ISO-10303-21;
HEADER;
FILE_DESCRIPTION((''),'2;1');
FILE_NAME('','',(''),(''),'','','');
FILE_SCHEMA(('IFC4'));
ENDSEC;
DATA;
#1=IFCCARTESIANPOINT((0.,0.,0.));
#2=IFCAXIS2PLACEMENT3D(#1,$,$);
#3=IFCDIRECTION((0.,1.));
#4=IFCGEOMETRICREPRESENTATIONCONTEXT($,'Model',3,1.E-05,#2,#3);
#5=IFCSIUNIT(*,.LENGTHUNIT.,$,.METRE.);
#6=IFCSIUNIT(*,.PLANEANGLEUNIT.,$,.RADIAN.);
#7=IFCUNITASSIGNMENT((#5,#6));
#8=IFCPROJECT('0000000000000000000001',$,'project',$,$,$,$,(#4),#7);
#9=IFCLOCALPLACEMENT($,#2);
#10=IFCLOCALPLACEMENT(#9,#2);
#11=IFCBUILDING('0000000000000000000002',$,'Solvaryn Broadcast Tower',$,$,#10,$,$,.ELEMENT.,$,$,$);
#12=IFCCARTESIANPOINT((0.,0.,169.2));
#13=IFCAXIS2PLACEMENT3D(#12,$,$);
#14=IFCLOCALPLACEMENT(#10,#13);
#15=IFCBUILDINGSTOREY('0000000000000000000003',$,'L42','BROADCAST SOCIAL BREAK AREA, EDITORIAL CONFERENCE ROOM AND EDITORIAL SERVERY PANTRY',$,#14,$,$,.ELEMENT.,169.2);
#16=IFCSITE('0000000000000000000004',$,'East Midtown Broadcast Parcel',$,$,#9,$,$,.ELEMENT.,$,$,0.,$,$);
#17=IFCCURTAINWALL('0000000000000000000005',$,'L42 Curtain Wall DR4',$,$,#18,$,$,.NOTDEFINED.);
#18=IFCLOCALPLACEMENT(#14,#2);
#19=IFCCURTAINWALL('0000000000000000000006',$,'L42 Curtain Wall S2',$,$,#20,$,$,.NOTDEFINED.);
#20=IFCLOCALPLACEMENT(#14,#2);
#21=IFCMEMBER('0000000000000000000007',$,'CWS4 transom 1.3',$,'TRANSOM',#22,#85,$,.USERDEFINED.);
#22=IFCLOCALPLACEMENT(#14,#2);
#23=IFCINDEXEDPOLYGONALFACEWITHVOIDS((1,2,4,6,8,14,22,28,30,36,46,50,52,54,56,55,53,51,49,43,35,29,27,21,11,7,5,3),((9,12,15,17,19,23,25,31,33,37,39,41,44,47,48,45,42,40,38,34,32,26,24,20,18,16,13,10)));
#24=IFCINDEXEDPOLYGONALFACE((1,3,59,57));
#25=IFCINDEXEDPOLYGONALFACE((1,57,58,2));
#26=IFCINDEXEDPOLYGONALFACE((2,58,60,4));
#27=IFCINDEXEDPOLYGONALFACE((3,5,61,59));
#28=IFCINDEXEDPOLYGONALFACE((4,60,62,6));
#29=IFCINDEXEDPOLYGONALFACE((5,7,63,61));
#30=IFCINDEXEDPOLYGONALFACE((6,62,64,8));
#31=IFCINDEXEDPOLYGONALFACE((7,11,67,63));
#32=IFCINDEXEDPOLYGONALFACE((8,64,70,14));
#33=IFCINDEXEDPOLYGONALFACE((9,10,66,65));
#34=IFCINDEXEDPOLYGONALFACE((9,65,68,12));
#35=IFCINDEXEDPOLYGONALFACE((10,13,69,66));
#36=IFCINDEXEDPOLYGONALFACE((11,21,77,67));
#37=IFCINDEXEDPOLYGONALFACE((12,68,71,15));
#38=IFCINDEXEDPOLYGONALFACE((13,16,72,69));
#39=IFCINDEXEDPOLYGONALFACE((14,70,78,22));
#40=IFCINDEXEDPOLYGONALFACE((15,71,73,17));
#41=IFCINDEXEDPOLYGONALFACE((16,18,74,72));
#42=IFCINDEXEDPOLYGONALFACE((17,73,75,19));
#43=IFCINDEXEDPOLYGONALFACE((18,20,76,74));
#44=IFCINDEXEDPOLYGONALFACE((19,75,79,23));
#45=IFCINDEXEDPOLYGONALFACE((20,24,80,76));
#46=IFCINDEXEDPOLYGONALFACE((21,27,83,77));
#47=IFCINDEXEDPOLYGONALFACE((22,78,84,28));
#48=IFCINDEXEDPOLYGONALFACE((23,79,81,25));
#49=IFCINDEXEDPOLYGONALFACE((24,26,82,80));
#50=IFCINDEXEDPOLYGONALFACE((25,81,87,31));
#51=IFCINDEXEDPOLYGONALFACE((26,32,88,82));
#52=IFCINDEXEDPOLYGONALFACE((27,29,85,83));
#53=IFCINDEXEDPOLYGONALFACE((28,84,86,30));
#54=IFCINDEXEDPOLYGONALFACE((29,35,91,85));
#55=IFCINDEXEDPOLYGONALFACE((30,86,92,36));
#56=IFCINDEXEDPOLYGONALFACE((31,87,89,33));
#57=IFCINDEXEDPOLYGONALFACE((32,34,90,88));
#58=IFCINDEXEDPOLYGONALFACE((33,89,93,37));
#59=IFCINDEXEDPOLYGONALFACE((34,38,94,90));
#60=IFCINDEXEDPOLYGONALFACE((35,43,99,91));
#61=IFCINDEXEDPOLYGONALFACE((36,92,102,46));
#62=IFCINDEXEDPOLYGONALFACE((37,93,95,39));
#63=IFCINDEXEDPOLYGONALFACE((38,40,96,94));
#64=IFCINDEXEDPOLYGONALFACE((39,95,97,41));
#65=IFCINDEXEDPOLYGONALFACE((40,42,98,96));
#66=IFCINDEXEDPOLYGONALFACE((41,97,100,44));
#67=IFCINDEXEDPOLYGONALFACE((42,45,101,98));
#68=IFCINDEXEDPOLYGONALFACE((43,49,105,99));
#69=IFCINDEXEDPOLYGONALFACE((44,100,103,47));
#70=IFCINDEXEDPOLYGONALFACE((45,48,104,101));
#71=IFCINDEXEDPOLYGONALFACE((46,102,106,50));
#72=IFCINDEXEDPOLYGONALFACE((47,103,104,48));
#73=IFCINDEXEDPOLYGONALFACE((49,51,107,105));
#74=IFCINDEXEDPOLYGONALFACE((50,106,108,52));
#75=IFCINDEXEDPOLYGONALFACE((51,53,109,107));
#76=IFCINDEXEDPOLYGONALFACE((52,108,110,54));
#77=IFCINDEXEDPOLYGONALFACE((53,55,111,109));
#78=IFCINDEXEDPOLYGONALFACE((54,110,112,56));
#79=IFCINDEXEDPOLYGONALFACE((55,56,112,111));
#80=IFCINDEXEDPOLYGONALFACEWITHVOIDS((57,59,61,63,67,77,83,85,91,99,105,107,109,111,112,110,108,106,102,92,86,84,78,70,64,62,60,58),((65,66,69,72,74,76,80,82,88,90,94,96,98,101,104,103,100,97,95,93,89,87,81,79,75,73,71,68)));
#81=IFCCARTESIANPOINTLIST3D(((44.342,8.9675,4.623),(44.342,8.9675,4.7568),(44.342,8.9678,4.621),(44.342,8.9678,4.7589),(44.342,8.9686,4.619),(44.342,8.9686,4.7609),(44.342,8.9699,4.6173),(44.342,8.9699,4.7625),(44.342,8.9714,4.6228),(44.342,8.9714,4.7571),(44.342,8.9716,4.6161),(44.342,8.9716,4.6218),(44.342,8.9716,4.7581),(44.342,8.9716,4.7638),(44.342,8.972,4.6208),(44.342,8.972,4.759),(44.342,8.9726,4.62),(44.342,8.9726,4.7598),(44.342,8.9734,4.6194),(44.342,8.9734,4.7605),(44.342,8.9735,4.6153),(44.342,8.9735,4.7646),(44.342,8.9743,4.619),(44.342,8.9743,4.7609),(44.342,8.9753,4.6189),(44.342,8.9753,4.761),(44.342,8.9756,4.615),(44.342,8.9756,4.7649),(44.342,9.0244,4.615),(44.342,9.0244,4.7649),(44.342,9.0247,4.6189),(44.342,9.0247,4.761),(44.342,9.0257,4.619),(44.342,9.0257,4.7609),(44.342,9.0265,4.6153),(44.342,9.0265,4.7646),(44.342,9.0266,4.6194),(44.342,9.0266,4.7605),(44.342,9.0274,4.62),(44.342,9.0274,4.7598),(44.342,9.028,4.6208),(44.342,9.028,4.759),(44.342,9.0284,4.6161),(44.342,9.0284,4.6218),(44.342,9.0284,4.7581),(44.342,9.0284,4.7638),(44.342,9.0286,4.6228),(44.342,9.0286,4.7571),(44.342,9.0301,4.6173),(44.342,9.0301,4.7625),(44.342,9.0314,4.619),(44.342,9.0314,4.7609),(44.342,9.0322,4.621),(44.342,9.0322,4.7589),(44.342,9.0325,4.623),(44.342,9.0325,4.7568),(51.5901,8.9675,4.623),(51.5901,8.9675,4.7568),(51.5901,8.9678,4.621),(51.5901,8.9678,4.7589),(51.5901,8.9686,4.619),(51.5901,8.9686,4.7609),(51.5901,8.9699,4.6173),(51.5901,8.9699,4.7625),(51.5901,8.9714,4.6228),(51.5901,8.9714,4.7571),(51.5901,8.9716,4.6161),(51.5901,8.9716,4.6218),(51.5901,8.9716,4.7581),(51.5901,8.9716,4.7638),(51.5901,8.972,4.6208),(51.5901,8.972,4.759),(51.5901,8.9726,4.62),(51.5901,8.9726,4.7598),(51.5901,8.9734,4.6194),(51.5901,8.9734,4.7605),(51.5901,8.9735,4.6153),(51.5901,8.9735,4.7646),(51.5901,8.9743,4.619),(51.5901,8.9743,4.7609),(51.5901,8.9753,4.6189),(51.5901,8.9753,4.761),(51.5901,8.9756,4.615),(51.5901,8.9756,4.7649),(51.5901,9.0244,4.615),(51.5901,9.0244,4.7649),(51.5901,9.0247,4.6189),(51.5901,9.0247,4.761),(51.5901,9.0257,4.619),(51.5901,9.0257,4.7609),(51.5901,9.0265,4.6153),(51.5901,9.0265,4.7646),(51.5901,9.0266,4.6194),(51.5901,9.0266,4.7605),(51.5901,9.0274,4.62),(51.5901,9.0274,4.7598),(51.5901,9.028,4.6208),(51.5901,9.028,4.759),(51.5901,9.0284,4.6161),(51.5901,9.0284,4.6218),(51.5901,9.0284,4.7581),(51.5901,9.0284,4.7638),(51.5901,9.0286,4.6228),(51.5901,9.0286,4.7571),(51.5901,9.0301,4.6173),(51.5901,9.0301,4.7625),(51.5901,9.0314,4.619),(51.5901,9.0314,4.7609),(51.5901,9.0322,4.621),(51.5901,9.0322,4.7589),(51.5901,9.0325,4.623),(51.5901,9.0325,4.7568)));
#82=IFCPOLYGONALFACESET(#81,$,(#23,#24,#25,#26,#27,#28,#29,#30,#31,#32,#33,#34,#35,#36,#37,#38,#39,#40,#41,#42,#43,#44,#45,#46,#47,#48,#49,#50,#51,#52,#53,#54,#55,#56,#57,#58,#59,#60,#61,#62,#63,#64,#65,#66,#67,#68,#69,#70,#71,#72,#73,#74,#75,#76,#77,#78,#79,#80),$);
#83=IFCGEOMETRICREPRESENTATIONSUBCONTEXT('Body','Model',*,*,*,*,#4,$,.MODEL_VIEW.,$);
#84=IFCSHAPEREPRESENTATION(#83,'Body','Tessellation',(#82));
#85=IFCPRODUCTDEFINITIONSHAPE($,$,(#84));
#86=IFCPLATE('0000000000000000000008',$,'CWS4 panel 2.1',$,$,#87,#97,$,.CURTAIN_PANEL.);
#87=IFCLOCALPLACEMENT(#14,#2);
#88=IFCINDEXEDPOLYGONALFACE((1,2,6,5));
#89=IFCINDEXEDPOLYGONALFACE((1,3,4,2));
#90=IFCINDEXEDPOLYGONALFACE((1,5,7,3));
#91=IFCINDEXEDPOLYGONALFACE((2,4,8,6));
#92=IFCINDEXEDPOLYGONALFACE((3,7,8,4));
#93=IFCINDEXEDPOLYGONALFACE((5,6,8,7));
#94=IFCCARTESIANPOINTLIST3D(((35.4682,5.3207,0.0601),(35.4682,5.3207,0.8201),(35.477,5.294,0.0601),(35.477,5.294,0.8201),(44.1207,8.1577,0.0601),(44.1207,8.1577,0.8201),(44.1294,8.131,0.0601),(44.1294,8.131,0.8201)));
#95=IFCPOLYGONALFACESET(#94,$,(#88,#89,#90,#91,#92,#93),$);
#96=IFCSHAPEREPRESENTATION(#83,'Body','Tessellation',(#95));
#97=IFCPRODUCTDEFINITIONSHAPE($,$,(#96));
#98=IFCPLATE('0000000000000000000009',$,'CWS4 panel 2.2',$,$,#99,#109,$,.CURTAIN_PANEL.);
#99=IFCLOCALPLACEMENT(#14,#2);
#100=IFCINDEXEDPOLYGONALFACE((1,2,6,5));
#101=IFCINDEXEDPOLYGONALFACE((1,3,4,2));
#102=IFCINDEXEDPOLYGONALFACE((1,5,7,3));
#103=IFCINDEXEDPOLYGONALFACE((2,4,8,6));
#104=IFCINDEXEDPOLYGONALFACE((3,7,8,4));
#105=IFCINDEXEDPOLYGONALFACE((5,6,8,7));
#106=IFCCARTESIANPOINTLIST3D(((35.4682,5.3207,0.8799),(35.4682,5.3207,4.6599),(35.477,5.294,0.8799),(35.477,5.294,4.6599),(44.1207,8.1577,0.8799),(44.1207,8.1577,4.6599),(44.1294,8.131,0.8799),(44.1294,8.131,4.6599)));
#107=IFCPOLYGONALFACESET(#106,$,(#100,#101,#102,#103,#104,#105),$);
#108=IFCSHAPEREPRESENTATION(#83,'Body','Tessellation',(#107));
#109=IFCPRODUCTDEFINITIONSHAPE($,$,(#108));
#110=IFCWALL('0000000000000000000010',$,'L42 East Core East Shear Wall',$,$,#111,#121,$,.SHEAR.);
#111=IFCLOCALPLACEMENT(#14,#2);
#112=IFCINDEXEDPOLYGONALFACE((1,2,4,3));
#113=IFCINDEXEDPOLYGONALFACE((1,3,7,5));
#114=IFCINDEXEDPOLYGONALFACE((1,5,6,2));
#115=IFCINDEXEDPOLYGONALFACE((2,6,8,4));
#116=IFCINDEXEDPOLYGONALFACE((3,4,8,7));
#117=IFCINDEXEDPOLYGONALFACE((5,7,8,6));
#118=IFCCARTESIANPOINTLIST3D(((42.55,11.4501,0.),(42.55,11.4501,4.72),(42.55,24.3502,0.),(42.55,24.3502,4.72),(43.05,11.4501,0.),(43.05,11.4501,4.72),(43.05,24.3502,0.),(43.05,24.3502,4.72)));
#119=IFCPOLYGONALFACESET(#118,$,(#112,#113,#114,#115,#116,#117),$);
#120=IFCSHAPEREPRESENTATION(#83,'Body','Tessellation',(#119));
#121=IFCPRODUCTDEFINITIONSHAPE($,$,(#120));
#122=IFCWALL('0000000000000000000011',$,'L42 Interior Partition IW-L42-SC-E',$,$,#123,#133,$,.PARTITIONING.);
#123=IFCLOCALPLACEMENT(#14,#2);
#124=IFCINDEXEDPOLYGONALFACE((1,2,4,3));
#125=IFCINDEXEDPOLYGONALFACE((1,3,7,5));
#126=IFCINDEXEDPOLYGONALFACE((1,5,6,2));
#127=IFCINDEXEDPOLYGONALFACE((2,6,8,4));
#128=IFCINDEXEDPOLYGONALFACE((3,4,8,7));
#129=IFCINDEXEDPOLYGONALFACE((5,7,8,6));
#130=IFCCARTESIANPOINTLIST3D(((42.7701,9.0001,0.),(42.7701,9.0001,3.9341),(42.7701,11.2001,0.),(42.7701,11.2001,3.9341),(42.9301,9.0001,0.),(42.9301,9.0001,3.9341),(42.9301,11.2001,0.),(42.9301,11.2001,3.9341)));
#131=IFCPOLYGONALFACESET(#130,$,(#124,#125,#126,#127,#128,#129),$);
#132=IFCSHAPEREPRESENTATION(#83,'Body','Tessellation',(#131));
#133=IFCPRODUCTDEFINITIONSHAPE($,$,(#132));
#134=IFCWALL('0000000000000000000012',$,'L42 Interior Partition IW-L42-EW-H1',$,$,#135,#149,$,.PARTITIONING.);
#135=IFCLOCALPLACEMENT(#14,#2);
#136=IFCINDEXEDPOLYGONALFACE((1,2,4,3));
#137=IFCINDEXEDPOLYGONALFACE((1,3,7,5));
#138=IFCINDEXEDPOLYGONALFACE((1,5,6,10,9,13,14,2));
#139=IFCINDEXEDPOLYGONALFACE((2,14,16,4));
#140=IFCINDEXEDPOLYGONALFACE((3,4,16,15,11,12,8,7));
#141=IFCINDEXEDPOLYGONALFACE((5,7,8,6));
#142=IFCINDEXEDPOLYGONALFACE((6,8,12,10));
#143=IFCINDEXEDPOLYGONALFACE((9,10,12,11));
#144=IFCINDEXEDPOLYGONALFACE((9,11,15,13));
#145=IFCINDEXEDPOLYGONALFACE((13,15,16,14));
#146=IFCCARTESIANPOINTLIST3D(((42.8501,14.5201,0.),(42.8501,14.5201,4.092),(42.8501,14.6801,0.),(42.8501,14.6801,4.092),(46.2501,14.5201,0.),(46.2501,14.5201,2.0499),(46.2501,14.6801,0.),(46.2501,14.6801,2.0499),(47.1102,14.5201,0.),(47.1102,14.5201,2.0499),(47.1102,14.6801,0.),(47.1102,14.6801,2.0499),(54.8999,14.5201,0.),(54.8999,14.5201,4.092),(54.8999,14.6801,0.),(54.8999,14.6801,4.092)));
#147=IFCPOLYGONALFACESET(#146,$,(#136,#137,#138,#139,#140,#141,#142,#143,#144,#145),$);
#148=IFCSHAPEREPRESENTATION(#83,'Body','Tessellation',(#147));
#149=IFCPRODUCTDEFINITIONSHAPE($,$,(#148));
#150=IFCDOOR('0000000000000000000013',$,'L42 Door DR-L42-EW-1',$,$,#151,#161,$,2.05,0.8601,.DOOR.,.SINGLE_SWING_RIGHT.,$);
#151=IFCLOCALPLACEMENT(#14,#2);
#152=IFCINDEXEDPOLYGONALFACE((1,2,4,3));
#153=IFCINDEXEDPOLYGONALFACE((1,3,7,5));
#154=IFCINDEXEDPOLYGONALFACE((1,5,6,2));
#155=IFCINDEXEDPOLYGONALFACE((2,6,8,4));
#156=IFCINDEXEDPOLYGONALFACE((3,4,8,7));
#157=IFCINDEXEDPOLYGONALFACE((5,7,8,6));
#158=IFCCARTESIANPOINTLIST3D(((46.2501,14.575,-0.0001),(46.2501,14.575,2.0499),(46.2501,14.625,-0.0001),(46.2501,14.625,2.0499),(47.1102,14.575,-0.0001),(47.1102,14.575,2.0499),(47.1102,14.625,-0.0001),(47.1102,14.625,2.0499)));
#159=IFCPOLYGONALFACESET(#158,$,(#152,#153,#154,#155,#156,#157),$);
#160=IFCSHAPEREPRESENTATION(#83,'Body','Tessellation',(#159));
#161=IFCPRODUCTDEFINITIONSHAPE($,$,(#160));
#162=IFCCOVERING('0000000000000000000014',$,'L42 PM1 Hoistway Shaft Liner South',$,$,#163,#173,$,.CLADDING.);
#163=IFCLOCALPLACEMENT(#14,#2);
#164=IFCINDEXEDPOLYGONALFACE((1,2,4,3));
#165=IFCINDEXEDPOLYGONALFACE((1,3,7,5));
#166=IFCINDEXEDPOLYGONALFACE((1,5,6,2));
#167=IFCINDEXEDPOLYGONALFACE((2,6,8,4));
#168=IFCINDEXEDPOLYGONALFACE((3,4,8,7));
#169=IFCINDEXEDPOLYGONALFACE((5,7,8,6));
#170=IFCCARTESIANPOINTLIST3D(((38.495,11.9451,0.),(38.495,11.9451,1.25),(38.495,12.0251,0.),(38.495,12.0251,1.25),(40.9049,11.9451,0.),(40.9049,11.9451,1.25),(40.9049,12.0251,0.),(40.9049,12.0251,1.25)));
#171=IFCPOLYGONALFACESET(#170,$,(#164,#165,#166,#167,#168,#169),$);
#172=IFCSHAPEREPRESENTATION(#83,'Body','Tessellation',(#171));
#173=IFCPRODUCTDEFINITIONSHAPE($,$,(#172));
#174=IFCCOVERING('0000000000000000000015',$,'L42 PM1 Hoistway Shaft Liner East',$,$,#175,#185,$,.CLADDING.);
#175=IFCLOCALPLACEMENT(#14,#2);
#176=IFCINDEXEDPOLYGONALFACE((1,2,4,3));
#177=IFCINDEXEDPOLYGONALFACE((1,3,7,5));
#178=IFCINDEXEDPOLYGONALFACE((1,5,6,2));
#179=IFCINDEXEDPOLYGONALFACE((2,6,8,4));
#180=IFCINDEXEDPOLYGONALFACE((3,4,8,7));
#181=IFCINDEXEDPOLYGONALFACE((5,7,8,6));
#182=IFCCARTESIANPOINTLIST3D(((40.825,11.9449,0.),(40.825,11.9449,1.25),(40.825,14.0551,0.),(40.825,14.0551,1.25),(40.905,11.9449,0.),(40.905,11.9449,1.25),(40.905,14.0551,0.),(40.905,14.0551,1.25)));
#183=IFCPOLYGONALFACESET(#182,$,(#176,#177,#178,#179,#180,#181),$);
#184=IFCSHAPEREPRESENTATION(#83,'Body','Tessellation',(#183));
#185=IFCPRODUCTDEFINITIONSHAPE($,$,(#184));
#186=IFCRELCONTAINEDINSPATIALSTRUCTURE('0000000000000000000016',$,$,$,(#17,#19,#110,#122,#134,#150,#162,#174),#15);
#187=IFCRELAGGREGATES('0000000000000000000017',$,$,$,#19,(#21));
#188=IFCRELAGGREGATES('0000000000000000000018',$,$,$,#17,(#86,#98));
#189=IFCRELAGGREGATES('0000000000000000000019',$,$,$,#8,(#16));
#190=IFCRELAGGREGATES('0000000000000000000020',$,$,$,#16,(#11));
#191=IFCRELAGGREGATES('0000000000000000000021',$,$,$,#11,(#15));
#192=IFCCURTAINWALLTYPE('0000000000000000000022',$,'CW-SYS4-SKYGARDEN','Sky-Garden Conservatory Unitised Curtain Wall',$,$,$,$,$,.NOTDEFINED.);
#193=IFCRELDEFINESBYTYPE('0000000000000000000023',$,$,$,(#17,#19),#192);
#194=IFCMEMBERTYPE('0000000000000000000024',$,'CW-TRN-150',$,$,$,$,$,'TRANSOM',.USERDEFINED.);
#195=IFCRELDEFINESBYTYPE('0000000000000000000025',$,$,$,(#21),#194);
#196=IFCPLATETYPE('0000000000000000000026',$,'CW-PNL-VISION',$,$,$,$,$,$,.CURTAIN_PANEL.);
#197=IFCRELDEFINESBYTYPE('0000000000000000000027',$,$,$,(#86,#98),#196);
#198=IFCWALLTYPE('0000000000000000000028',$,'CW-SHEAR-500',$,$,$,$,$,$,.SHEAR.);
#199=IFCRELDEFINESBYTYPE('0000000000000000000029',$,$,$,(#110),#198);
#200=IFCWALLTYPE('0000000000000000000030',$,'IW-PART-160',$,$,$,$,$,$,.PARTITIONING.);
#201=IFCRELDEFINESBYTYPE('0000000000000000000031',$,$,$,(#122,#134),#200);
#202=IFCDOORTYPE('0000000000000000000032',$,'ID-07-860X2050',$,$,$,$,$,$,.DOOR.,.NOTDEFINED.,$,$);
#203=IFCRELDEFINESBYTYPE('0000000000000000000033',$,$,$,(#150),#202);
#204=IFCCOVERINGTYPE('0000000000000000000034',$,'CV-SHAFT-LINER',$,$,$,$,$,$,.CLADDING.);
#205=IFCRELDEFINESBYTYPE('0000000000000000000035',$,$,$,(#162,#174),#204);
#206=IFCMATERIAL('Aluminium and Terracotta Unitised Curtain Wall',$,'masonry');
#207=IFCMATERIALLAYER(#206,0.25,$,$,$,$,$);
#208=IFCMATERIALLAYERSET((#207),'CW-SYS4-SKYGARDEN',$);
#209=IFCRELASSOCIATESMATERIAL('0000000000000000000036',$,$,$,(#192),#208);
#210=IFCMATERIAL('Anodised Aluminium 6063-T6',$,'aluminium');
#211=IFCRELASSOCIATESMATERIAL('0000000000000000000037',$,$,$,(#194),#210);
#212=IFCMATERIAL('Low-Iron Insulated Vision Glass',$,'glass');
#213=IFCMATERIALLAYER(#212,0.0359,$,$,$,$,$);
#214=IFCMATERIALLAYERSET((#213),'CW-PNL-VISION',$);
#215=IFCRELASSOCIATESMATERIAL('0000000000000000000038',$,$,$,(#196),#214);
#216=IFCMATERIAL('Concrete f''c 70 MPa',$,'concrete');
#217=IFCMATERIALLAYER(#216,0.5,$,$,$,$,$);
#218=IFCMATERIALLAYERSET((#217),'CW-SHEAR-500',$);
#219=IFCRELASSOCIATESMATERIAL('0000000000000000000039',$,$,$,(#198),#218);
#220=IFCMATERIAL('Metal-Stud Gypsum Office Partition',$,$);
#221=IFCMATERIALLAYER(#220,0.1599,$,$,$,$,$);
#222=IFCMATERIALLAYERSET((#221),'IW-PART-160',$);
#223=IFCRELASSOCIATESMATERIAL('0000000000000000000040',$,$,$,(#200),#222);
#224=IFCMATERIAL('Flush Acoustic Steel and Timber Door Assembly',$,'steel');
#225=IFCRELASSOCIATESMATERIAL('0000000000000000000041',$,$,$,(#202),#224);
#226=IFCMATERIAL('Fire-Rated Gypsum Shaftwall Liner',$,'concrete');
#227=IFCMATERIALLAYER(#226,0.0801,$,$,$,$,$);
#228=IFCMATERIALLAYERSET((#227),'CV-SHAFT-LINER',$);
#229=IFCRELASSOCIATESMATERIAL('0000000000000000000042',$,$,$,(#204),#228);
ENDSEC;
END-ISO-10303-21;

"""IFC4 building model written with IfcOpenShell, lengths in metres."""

from ifc_helpers import new_model, si_unit, direction, frame, frame_2d, origin, origin_2d, place, context, subcontext, project, spatial, rectangle, hollow_rectangle, extrude, material, layer, layer_set, material_profile, profile_set, type_object, element, fill, aggregate, save


model = new_model("IFC4")

# Units and contexts
model_context = context("Model", 3, precision=1e-05, world=origin(), true_north=direction((0.0, 1.0)))
body_context = subcontext(model_context, "Body", "Model", "MODEL_VIEW")
ifc_project = project(units=[si_unit("LENGTHUNIT", "METRE"), si_unit("PLANEANGLEUNIT", "RADIAN")], contexts=[model_context])

# Site, building, storey
site_placement = place(None, origin())
site = spatial("IfcSite", under=ifc_project, at=site_placement, Name="East Midtown Broadcast Parcel", CompositionType="ELEMENT", RefElevation=0.0)
building_placement = place(site_placement, origin())
building = spatial("IfcBuilding", under=site, at=building_placement, Name="Solvaryn Broadcast Tower", CompositionType="ELEMENT")
storey_placement = place(building_placement, frame((0.0, 0.0, 169.2)))
storey = spatial("IfcBuildingStorey", under=building, at=storey_placement, Name="L42", Description="BROADCAST SOCIAL BREAK AREA, EDITORIAL CONFERENCE ROOM AND EDITORIAL SERVERY PANTRY", CompositionType="ELEMENT", Elevation=169.2)

# Curtain wall
ifc_material_1 = material(Name="Aluminium and Terracotta Unitised Curtain Wall", Category="masonry")
ifc_layer_1 = layer(ifc_material_1, 0.25)
ifc_layer_set_1 = layer_set([ifc_layer_1], Name="CW-SYS4-SKYGARDEN")
curtain_wall_type = type_object("IfcCurtainWallType", Name="CW-SYS4-SKYGARDEN", Description="Sky-Garden Conservatory Unitised Curtain Wall", PredefinedType="NOTDEFINED", material=ifc_layer_set_1)
curtain_wall_1_placement = place(storey_placement, origin())
curtain_wall_1 = element("IfcCurtainWall", 1, at=curtain_wall_1_placement, inside=storey, type_object=curtain_wall_type, Name="L42 Curtain Wall DR4", PredefinedType="NOTDEFINED")

# Curtain wall, member
curtain_wall_2_placement = place(storey_placement, origin())
curtain_wall_2 = element("IfcCurtainWall", 2, at=curtain_wall_2_placement, inside=storey, type_object=curtain_wall_type, Name="L42 Curtain Wall S2", PredefinedType="NOTDEFINED")
ifc_material_2 = material(Name="Anodised Aluminium 6063-T6", Category="aluminium")
ifc_material_profile_1 = material_profile(ifc_material_2, hollow_rectangle(XDim=0.0649, YDim=0.1499, WallThickness=0.0039, InnerFilletRadius=0.0039, OuterFilletRadius=0.0081, at=origin_2d()))
ifc_profile_set_1 = profile_set([ifc_material_profile_1], Name="Anodised Aluminium 6063-T6")
member_type_1 = type_object("IfcMemberType", Name="CW-TRN-150", ElementType="TRANSOM", PredefinedType="USERDEFINED", material=ifc_profile_set_1)
member_1_placement = place(storey_placement, frame((44.342, 9.0, 4.6899), z_axis=(1.0, 0.0, 0.0), x_axis=(0.0, 1.0, 0.0)))
member_1 = element("IfcMember", 3, at=member_1_placement, type_object=member_type_1, Name="CWS4 transom 1.3", ObjectType="TRANSOM", PredefinedType="USERDEFINED", context=body_context, shape_type="SweptSolid", body=[
    extrude(hollow_rectangle(XDim=0.0649, YDim=0.1499, WallThickness=0.0039, InnerFilletRadius=0.0039, OuterFilletRadius=0.0081, at=origin_2d()), origin(), (0.0, 0.0, 1.0), 7.248),
])
aggregate(curtain_wall_2, [member_1])

# Plates
ifc_material_3 = material(Name="Low-Iron Insulated Vision Glass", Category="glass")
ifc_layer_2 = layer(ifc_material_3, 0.0359)
ifc_layer_set_2 = layer_set([ifc_layer_2], Name="CW-PNL-VISION")
plate_type = type_object("IfcPlateType", Name="CW-PNL-VISION", PredefinedType="CURTAIN_PANEL", material=ifc_layer_set_2)
plate_1_placement = place(storey_placement, frame((39.7988, 6.7258, 0.0601), z_axis=(0.0, 0.0, 1.0), x_axis=(0.950227, 0.311559, 0.0)))
plate_1 = element("IfcPlate", 4, at=plate_1_placement, type_object=plate_type, Name="CWS4 panel 2.1", PredefinedType="CURTAIN_PANEL", context=body_context, shape_type="SweptSolid", body=[
    extrude(rectangle(XDim=9.1057, YDim=0.0281, at=origin_2d()), origin(), (0.0, 0.0, 1.0), 0.76),
])
plate_2_placement = place(storey_placement, frame((39.7988, 6.7258, 0.8799), z_axis=(0.0, 0.0, 1.0), x_axis=(0.950227, 0.311559, 0.0)))
plate_2 = element("IfcPlate", 5, at=plate_2_placement, type_object=plate_type, Name="CWS4 panel 2.2", PredefinedType="CURTAIN_PANEL", context=body_context, shape_type="SweptSolid", body=[
    extrude(rectangle(XDim=9.1057, YDim=0.0281, at=origin_2d()), origin(), (0.0, 0.0, 1.0), 3.78),
])
aggregate(curtain_wall_1, [plate_1, plate_2])

# Walls
ifc_material_4 = material(Name="Concrete f'c 70 MPa", Category="concrete")
ifc_layer_3 = layer(ifc_material_4, 0.5)
ifc_layer_set_3 = layer_set([ifc_layer_3], Name="CW-SHEAR-500")
wall_type_1 = type_object("IfcWallType", Name="CW-SHEAR-500", PredefinedType="SHEAR", material=ifc_layer_set_3)
wall_1_placement = place(storey_placement, frame((42.8, 11.45, 0.0), z_axis=(0.0, 0.0, 1.0), x_axis=(0.0, 1.0, 0.0)))
element("IfcWall", 6, at=wall_1_placement, inside=storey, type_object=wall_type_1, Name="L42 East Core East Shear Wall", PredefinedType="SHEAR", context=body_context, shape_type="SweptSolid", body=[
    extrude(rectangle(XDim=12.9001, YDim=0.5, at=frame_2d((6.4502, 0.0))), origin(), (0.0, 0.0, 1.0), 4.72),
])
ifc_material_5 = material(Name="Metal-Stud Gypsum Office Partition")
ifc_layer_4 = layer(ifc_material_5, 0.1599)
ifc_layer_set_4 = layer_set([ifc_layer_4], Name="IW-PART-160")
wall_type_2 = type_object("IfcWallType", Name="IW-PART-160", PredefinedType="PARTITIONING", material=ifc_layer_set_4)
wall_2_placement = place(storey_placement, frame((42.8501, 9.0, 0.0), z_axis=(0.0, 0.0, 1.0), x_axis=(0.0, 1.0, 0.0)))
element("IfcWall", 7, at=wall_2_placement, inside=storey, type_object=wall_type_2, Name="L42 Interior Partition IW-L42-SC-E", PredefinedType="PARTITIONING", context=body_context, shape_type="SweptSolid", body=[
    extrude(rectangle(XDim=2.2, YDim=0.1599, at=frame_2d((1.1001, 0.0))), origin(), (0.0, 0.0, 1.0), 3.9341),
])

# Wall, opening, door
wall_3_placement = place(storey_placement, frame((42.8501, 14.6001, 0.0), z_axis=(0.0, 0.0, 1.0), x_axis=(1.0, 0.0, 0.0)))
wall_3 = element("IfcWall", 8, at=wall_3_placement, inside=storey, type_object=wall_type_2, Name="L42 Interior Partition IW-L42-EW-H1", PredefinedType="PARTITIONING", context=body_context, shape_type="SweptSolid", body=[
    extrude(rectangle(XDim=12.0498, YDim=0.1599, at=frame_2d((6.0249, 0.0))), origin(), (0.0, 0.0, 1.0), 4.092),
])
opening_1_placement = place(wall_3_placement, frame((3.3999, 0.0, 0.0)))
opening_1 = element("IfcOpeningElement", 9, at=opening_1_placement, cuts=wall_3, PredefinedType="OPENING", context=body_context, shape_type="SweptSolid", body=[
    extrude(rectangle(XDim=0.8601, YDim=2.05, at=frame_2d((0.4302, 1.0249))), frame((0.0, 0.0901, 0.0), z_axis=(0.0, -1.0, 0.0), x_axis=(1.0, 0.0, 0.0)), (0.0, 0.0, 1.0), 0.1799),
])
ifc_material_6 = material(Name="Flush Acoustic Steel and Timber Door Assembly", Category="steel")
door_type_1 = type_object("IfcDoorType", Name="ID-07-860X2050", OperationType="NOTDEFINED", PredefinedType="DOOR", material=ifc_material_6)
door_1_placement = place(opening_1_placement, origin())
door_1 = element("IfcDoor", 10, at=door_1_placement, inside=storey, type_object=door_type_1, Name="L42 Door DR-L42-EW-1", OperationType="SINGLE_SWING_RIGHT", OverallHeight=2.05, OverallWidth=0.8601, PredefinedType="DOOR", context=body_context, shape_type="SweptSolid", body=[
    extrude(rectangle(XDim=0.8601, YDim=2.05, at=frame_2d((0.4302, 1.0249))), frame((0.0, 0.0249, 0.0), z_axis=(0.0, -1.0, 0.0), x_axis=(1.0, 0.0, 0.0)), (0.0, 0.0, 1.0), 0.05),
])
fill(opening_1, door_1)

# Coverings
ifc_material_7 = material(Name="Fire-Rated Gypsum Shaftwall Liner", Category="concrete")
ifc_layer_5 = layer(ifc_material_7, 0.0801)
ifc_layer_set_5 = layer_set([ifc_layer_5], Name="CV-SHAFT-LINER")
covering_type_1 = type_object("IfcCoveringType", Name="CV-SHAFT-LINER", PredefinedType="CLADDING", material=ifc_layer_set_5)
covering_1_placement = place(storey_placement, frame((39.7, 11.9851, 0.0), z_axis=(0.0, 0.0, 1.0), x_axis=(1.0, 0.0, 0.0)))
element("IfcCovering", 11, at=covering_1_placement, inside=storey, type_object=covering_type_1, Name="L42 PM1 Hoistway Shaft Liner South", PredefinedType="CLADDING", context=body_context, shape_type="SweptSolid", body=[
    extrude(rectangle(XDim=2.4099, YDim=0.0801, at=origin_2d()), origin(), (0.0, 0.0, 1.0), 1.25),
])
covering_2_placement = place(storey_placement, frame((40.865, 13.0, 0.0), z_axis=(0.0, 0.0, 1.0), x_axis=(1.0, 0.0, 0.0)))
element("IfcCovering", 12, at=covering_2_placement, inside=storey, type_object=covering_type_1, Name="L42 PM1 Hoistway Shaft Liner East", PredefinedType="CLADDING", context=body_context, shape_type="SweptSolid", body=[
    extrude(rectangle(XDim=0.0801, YDim=2.1101, at=origin_2d()), origin(), (0.0, 0.0, 1.0), 1.25),
])

save(model, "model.ifc")
